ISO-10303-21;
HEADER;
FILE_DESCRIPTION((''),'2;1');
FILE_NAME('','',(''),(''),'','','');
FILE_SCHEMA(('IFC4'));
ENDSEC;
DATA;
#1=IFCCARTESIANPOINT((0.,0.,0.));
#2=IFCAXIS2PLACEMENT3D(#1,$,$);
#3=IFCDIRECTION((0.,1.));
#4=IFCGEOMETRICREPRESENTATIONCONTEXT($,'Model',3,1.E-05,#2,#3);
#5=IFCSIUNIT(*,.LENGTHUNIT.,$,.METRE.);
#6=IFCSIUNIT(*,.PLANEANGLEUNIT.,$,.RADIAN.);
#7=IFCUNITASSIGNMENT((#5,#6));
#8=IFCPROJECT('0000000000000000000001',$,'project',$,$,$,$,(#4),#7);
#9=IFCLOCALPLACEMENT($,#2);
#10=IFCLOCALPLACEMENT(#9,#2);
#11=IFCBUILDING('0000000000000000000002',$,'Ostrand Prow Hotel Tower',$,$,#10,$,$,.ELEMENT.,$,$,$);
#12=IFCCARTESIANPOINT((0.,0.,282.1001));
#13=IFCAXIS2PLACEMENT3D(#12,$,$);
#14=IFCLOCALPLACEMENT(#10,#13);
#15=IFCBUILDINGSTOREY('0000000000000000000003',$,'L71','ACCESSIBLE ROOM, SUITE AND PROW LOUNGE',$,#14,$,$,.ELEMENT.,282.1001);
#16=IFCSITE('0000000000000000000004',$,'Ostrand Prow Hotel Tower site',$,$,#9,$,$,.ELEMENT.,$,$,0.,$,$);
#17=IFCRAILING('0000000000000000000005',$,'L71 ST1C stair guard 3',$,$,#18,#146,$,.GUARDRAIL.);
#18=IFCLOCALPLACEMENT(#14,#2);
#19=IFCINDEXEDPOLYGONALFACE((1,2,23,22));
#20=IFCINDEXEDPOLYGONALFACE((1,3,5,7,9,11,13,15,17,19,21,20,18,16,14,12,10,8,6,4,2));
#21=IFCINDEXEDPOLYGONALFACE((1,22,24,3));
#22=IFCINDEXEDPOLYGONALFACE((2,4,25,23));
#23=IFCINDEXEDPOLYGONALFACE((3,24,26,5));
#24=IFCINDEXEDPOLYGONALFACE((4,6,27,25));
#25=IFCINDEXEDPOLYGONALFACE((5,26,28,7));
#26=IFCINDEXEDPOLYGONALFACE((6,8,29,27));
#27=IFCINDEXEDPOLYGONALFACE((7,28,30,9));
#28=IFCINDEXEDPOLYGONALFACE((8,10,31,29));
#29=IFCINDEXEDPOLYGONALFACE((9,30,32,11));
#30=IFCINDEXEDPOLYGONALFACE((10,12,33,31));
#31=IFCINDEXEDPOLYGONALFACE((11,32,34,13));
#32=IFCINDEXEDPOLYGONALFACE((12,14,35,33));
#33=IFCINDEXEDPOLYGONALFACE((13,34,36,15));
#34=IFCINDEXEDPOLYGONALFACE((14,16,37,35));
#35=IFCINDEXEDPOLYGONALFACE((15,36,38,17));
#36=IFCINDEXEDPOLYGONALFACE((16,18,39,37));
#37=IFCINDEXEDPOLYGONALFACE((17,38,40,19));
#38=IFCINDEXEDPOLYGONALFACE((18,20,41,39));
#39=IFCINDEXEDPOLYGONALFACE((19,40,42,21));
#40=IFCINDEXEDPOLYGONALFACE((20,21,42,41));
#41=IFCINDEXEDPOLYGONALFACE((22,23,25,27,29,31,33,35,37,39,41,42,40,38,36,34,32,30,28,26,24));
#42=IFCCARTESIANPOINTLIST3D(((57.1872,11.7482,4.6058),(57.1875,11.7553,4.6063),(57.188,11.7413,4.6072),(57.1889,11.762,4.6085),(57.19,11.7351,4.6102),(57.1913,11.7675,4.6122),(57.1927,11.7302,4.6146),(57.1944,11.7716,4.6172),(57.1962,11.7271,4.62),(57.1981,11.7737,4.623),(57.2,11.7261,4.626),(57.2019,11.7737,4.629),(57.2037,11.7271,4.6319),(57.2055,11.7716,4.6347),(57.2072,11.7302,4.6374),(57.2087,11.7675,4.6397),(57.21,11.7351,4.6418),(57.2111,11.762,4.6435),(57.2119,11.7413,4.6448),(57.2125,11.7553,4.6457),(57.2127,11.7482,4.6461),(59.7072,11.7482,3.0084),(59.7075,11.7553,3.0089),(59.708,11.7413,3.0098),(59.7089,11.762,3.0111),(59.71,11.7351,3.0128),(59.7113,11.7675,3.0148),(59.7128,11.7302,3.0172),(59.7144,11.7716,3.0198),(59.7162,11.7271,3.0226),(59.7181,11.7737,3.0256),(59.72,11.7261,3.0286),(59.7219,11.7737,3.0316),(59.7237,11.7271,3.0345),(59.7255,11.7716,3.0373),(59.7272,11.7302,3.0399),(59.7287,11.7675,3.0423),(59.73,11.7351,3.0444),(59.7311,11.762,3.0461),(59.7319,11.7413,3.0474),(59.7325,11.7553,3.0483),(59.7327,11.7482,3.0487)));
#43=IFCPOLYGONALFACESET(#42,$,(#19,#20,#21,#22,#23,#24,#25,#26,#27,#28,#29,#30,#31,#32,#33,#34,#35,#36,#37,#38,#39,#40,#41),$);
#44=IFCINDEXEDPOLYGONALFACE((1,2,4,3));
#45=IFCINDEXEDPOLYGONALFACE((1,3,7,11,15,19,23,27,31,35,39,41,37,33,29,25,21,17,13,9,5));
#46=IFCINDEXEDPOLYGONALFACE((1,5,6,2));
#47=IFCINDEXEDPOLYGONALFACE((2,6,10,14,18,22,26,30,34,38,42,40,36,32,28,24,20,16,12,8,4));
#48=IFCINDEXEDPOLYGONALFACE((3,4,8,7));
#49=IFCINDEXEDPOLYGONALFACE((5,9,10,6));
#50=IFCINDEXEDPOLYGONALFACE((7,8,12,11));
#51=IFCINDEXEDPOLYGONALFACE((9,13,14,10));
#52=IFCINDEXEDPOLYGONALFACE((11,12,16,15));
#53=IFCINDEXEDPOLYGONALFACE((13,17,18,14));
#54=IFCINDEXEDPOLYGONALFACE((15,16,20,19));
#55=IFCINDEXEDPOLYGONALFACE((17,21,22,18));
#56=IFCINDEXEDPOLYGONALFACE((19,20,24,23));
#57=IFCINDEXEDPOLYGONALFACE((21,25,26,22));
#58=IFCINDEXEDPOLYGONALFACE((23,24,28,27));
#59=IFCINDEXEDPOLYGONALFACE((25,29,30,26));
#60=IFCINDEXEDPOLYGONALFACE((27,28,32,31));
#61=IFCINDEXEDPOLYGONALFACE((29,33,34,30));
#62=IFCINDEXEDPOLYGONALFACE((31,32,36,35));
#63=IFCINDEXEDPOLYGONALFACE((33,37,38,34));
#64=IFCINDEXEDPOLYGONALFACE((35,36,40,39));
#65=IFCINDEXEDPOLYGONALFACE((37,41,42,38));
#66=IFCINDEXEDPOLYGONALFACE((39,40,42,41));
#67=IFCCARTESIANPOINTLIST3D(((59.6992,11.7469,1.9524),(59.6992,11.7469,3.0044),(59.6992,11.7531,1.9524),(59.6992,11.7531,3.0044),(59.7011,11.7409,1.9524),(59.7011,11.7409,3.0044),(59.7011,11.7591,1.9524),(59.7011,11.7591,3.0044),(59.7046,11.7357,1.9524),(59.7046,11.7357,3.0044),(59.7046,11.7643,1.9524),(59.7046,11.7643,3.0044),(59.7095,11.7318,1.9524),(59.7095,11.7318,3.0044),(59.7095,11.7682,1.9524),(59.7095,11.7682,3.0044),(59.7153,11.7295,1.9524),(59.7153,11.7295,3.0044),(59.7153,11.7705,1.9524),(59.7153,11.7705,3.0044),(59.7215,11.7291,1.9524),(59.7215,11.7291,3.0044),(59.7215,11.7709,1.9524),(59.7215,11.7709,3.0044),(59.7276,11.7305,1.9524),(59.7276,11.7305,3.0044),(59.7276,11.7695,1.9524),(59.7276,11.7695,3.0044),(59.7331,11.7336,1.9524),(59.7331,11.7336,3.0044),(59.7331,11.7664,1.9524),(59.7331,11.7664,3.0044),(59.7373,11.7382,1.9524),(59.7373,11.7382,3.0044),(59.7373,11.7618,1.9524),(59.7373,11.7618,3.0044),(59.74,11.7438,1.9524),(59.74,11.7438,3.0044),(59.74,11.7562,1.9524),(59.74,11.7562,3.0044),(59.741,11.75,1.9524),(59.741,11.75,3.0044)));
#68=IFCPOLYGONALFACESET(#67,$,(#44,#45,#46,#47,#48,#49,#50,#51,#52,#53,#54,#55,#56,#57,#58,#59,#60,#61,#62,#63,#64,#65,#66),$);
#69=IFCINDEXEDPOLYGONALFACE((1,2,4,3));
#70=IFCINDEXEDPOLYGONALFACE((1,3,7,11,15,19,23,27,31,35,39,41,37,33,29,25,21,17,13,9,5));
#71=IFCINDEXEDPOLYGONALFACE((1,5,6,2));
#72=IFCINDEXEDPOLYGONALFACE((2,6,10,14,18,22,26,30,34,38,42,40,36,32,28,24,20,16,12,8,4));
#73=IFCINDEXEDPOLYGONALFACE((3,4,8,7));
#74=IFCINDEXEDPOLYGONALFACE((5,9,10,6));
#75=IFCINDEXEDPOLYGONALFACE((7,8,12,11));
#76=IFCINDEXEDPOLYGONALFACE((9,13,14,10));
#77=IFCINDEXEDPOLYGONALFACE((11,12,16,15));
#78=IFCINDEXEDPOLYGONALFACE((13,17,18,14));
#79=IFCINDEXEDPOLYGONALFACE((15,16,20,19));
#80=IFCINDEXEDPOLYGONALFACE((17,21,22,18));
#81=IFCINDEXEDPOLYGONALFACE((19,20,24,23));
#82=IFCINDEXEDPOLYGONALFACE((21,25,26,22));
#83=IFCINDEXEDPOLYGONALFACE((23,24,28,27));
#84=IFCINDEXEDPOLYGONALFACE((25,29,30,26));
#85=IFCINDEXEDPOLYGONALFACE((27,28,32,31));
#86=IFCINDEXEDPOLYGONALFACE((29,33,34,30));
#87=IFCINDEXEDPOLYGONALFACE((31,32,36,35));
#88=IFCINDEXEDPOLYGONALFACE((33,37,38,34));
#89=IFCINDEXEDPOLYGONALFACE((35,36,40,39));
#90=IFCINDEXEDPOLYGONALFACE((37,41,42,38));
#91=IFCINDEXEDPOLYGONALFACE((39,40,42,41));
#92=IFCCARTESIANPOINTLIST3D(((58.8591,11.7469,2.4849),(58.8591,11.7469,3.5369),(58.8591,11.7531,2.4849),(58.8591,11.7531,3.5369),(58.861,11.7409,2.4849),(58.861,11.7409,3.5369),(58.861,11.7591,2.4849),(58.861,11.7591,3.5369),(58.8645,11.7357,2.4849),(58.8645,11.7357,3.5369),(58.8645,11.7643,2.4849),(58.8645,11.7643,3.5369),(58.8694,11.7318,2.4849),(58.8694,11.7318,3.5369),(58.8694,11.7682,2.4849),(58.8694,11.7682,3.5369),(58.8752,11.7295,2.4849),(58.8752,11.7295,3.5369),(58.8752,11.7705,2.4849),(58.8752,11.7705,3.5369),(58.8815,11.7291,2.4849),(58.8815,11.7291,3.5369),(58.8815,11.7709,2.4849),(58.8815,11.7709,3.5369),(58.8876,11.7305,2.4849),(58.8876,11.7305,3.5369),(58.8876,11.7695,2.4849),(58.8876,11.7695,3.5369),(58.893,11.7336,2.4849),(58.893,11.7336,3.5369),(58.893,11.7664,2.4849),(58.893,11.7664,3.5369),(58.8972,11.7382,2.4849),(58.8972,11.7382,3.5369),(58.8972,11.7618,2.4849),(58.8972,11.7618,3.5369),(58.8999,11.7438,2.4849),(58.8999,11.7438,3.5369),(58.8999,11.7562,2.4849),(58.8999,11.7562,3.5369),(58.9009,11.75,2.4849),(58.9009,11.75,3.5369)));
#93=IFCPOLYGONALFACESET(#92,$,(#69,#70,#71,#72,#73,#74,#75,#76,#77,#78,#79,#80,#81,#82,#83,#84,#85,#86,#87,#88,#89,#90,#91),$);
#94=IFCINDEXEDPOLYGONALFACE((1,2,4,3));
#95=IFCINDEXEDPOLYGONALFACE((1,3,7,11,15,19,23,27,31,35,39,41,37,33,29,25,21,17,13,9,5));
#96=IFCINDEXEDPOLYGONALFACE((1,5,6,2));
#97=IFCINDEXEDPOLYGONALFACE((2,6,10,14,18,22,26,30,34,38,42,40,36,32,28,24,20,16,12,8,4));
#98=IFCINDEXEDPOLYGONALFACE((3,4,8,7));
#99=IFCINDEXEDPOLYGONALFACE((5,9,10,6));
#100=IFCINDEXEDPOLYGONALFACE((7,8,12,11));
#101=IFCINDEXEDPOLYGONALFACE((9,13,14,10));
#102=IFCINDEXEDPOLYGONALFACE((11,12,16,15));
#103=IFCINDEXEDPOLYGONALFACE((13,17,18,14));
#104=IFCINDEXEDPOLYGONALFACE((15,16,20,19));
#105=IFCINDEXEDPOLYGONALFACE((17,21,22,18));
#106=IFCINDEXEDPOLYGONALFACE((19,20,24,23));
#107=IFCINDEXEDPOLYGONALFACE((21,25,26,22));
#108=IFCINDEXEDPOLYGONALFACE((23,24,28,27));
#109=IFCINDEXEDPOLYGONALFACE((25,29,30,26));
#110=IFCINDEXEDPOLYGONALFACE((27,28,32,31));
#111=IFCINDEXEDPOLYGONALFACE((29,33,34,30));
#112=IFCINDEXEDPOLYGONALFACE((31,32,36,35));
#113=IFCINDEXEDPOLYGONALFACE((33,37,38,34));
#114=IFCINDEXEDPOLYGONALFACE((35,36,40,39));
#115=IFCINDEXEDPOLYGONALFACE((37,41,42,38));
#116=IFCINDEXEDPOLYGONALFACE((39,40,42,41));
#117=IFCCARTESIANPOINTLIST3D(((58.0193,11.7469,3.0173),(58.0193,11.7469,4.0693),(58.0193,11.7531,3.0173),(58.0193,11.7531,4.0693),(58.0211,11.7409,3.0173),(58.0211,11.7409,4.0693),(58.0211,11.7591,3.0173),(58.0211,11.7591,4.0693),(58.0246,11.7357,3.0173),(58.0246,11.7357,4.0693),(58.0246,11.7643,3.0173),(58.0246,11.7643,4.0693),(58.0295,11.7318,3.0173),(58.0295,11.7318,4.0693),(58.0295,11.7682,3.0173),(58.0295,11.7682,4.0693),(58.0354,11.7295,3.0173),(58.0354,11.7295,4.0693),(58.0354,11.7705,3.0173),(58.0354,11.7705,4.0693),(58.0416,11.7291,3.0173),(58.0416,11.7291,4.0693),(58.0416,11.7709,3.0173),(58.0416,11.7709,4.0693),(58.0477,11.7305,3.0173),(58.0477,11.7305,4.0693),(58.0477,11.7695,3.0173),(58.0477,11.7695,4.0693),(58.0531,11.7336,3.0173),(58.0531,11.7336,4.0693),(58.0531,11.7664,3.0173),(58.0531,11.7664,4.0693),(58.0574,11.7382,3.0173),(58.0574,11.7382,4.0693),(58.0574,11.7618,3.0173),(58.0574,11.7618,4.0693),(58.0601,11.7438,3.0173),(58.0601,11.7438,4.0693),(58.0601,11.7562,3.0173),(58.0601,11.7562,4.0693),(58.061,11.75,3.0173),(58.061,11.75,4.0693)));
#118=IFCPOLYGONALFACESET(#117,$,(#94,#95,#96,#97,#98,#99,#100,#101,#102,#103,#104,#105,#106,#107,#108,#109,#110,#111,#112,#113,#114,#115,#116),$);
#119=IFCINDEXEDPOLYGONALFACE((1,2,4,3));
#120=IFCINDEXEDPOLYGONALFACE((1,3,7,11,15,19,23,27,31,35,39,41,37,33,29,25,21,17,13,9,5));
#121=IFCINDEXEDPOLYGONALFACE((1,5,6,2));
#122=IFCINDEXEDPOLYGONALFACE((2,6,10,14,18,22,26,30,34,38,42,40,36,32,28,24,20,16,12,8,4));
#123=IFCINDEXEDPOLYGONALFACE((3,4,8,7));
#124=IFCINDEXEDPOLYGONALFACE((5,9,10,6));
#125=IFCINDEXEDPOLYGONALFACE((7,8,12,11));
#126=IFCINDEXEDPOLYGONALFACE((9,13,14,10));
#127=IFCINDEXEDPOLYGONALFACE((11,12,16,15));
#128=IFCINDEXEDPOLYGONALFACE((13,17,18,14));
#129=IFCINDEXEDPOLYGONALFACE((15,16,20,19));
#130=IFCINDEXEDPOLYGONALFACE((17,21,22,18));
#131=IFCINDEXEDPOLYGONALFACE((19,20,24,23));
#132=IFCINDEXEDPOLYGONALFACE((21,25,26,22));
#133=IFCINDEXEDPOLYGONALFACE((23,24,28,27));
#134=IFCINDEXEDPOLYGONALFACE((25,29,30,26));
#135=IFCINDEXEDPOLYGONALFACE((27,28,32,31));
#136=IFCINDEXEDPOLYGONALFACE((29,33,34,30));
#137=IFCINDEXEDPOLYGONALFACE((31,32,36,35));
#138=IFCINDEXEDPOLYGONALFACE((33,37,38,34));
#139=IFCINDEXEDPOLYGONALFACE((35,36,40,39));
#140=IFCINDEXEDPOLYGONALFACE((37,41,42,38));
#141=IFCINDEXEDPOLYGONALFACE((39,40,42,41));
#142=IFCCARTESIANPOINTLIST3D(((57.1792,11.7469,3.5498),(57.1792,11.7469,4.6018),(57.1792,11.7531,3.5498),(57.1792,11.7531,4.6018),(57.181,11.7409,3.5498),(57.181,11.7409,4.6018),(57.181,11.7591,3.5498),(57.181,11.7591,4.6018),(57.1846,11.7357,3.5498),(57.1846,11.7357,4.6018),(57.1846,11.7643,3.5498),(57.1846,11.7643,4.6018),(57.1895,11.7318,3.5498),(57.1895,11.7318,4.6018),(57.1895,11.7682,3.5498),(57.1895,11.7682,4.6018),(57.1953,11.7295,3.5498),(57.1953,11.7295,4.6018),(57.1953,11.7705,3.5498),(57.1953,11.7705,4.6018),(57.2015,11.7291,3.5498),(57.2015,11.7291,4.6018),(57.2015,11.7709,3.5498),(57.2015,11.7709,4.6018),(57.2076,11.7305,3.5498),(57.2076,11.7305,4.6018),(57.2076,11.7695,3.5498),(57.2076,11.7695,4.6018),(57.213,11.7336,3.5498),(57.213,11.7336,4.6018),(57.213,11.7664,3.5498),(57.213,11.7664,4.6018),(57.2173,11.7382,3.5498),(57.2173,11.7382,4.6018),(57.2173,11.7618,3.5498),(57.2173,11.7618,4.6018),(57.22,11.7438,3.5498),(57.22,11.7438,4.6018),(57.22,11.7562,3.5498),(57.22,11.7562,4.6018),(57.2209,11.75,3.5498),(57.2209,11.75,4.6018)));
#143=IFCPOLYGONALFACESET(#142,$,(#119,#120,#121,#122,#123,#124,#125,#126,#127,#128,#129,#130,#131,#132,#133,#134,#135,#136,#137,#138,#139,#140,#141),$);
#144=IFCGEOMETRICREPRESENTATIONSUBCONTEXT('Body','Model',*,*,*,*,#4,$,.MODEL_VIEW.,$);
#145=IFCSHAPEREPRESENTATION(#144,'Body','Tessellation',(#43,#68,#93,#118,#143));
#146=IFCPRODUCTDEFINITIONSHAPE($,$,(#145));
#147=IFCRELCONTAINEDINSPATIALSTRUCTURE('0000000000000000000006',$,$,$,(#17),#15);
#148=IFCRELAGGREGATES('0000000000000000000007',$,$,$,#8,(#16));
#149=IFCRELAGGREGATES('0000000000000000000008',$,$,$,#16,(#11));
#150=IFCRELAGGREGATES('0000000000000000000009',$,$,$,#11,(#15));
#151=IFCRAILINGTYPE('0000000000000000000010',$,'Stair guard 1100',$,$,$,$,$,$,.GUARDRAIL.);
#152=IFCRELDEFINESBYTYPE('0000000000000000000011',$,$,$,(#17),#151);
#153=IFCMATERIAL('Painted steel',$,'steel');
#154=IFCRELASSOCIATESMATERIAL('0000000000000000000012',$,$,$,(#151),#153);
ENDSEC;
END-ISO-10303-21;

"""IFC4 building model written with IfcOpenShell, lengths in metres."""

from ifc_helpers import new_model, si_unit, direction, frame, origin, origin_2d, place, context, subcontext, project, spatial, circle, extrude, material, type_object, element, save


model = new_model("IFC4")

# Units and contexts
model_context = context("Model", 3, precision=1e-05, world=origin(), true_north=direction((0.0, 1.0)))
body_context = subcontext(model_context, "Body", "Model", "MODEL_VIEW")
ifc_project = project(units=[si_unit("LENGTHUNIT", "METRE"), si_unit("PLANEANGLEUNIT", "RADIAN")], contexts=[model_context])

# Site, building, storey
site_placement = place(None, origin())
site = spatial("IfcSite", under=ifc_project, at=site_placement, Name="Ostrand Prow Hotel Tower site", CompositionType="ELEMENT", RefElevation=0.0)
building_placement = place(site_placement, origin())
building = spatial("IfcBuilding", under=site, at=building_placement, Name="Ostrand Prow Hotel Tower", CompositionType="ELEMENT")
storey_placement = place(building_placement, frame((0.0, 0.0, 282.1001)))
storey = spatial("IfcBuildingStorey", under=building, at=storey_placement, Name="L71", Description="ACCESSIBLE ROOM, SUITE AND PROW LOUNGE", CompositionType="ELEMENT", Elevation=282.1001)

# Railing
ifc_material_1 = material(Name="Painted steel", Category="steel")
railing_type_1 = type_object("IfcRailingType", Name="Stair guard 1100", PredefinedType="GUARDRAIL", material=ifc_material_1)
railing_1_placement = place(storey_placement, frame((59.72, 11.75, 1.9524)))
element("IfcRailing", 1, at=railing_1_placement, inside=storey, type_object=railing_type_1, Name="L71 ST1C stair guard 3", PredefinedType="GUARDRAIL", context=body_context, shape_type="SweptSolid", body=[
    extrude(circle(Radius=0.0239, at=origin_2d()), frame((0.0, 0.0, 1.0762), z_axis=(-0.844607, 0.0, 0.535387), x_axis=(0.0, -1.0, 0.0)), (0.0, 0.0, 1.0), 2.9836),
    extrude(circle(Radius=0.021, at=origin_2d()), origin(), (0.0, 0.0, 1.0), 1.052),
    extrude(circle(Radius=0.021, at=origin_2d()), frame((-0.8401, 0.0, 0.5325)), (0.0, 0.0, 1.0), 1.052),
    extrude(circle(Radius=0.021, at=origin_2d()), frame((-1.6799, 0.0, 1.0649)), (0.0, 0.0, 1.0), 1.052),
    extrude(circle(Radius=0.021, at=origin_2d()), frame((-2.52, 0.0, 1.5974)), (0.0, 0.0, 1.0), 1.052),
])

save(model, "model.ifc")
